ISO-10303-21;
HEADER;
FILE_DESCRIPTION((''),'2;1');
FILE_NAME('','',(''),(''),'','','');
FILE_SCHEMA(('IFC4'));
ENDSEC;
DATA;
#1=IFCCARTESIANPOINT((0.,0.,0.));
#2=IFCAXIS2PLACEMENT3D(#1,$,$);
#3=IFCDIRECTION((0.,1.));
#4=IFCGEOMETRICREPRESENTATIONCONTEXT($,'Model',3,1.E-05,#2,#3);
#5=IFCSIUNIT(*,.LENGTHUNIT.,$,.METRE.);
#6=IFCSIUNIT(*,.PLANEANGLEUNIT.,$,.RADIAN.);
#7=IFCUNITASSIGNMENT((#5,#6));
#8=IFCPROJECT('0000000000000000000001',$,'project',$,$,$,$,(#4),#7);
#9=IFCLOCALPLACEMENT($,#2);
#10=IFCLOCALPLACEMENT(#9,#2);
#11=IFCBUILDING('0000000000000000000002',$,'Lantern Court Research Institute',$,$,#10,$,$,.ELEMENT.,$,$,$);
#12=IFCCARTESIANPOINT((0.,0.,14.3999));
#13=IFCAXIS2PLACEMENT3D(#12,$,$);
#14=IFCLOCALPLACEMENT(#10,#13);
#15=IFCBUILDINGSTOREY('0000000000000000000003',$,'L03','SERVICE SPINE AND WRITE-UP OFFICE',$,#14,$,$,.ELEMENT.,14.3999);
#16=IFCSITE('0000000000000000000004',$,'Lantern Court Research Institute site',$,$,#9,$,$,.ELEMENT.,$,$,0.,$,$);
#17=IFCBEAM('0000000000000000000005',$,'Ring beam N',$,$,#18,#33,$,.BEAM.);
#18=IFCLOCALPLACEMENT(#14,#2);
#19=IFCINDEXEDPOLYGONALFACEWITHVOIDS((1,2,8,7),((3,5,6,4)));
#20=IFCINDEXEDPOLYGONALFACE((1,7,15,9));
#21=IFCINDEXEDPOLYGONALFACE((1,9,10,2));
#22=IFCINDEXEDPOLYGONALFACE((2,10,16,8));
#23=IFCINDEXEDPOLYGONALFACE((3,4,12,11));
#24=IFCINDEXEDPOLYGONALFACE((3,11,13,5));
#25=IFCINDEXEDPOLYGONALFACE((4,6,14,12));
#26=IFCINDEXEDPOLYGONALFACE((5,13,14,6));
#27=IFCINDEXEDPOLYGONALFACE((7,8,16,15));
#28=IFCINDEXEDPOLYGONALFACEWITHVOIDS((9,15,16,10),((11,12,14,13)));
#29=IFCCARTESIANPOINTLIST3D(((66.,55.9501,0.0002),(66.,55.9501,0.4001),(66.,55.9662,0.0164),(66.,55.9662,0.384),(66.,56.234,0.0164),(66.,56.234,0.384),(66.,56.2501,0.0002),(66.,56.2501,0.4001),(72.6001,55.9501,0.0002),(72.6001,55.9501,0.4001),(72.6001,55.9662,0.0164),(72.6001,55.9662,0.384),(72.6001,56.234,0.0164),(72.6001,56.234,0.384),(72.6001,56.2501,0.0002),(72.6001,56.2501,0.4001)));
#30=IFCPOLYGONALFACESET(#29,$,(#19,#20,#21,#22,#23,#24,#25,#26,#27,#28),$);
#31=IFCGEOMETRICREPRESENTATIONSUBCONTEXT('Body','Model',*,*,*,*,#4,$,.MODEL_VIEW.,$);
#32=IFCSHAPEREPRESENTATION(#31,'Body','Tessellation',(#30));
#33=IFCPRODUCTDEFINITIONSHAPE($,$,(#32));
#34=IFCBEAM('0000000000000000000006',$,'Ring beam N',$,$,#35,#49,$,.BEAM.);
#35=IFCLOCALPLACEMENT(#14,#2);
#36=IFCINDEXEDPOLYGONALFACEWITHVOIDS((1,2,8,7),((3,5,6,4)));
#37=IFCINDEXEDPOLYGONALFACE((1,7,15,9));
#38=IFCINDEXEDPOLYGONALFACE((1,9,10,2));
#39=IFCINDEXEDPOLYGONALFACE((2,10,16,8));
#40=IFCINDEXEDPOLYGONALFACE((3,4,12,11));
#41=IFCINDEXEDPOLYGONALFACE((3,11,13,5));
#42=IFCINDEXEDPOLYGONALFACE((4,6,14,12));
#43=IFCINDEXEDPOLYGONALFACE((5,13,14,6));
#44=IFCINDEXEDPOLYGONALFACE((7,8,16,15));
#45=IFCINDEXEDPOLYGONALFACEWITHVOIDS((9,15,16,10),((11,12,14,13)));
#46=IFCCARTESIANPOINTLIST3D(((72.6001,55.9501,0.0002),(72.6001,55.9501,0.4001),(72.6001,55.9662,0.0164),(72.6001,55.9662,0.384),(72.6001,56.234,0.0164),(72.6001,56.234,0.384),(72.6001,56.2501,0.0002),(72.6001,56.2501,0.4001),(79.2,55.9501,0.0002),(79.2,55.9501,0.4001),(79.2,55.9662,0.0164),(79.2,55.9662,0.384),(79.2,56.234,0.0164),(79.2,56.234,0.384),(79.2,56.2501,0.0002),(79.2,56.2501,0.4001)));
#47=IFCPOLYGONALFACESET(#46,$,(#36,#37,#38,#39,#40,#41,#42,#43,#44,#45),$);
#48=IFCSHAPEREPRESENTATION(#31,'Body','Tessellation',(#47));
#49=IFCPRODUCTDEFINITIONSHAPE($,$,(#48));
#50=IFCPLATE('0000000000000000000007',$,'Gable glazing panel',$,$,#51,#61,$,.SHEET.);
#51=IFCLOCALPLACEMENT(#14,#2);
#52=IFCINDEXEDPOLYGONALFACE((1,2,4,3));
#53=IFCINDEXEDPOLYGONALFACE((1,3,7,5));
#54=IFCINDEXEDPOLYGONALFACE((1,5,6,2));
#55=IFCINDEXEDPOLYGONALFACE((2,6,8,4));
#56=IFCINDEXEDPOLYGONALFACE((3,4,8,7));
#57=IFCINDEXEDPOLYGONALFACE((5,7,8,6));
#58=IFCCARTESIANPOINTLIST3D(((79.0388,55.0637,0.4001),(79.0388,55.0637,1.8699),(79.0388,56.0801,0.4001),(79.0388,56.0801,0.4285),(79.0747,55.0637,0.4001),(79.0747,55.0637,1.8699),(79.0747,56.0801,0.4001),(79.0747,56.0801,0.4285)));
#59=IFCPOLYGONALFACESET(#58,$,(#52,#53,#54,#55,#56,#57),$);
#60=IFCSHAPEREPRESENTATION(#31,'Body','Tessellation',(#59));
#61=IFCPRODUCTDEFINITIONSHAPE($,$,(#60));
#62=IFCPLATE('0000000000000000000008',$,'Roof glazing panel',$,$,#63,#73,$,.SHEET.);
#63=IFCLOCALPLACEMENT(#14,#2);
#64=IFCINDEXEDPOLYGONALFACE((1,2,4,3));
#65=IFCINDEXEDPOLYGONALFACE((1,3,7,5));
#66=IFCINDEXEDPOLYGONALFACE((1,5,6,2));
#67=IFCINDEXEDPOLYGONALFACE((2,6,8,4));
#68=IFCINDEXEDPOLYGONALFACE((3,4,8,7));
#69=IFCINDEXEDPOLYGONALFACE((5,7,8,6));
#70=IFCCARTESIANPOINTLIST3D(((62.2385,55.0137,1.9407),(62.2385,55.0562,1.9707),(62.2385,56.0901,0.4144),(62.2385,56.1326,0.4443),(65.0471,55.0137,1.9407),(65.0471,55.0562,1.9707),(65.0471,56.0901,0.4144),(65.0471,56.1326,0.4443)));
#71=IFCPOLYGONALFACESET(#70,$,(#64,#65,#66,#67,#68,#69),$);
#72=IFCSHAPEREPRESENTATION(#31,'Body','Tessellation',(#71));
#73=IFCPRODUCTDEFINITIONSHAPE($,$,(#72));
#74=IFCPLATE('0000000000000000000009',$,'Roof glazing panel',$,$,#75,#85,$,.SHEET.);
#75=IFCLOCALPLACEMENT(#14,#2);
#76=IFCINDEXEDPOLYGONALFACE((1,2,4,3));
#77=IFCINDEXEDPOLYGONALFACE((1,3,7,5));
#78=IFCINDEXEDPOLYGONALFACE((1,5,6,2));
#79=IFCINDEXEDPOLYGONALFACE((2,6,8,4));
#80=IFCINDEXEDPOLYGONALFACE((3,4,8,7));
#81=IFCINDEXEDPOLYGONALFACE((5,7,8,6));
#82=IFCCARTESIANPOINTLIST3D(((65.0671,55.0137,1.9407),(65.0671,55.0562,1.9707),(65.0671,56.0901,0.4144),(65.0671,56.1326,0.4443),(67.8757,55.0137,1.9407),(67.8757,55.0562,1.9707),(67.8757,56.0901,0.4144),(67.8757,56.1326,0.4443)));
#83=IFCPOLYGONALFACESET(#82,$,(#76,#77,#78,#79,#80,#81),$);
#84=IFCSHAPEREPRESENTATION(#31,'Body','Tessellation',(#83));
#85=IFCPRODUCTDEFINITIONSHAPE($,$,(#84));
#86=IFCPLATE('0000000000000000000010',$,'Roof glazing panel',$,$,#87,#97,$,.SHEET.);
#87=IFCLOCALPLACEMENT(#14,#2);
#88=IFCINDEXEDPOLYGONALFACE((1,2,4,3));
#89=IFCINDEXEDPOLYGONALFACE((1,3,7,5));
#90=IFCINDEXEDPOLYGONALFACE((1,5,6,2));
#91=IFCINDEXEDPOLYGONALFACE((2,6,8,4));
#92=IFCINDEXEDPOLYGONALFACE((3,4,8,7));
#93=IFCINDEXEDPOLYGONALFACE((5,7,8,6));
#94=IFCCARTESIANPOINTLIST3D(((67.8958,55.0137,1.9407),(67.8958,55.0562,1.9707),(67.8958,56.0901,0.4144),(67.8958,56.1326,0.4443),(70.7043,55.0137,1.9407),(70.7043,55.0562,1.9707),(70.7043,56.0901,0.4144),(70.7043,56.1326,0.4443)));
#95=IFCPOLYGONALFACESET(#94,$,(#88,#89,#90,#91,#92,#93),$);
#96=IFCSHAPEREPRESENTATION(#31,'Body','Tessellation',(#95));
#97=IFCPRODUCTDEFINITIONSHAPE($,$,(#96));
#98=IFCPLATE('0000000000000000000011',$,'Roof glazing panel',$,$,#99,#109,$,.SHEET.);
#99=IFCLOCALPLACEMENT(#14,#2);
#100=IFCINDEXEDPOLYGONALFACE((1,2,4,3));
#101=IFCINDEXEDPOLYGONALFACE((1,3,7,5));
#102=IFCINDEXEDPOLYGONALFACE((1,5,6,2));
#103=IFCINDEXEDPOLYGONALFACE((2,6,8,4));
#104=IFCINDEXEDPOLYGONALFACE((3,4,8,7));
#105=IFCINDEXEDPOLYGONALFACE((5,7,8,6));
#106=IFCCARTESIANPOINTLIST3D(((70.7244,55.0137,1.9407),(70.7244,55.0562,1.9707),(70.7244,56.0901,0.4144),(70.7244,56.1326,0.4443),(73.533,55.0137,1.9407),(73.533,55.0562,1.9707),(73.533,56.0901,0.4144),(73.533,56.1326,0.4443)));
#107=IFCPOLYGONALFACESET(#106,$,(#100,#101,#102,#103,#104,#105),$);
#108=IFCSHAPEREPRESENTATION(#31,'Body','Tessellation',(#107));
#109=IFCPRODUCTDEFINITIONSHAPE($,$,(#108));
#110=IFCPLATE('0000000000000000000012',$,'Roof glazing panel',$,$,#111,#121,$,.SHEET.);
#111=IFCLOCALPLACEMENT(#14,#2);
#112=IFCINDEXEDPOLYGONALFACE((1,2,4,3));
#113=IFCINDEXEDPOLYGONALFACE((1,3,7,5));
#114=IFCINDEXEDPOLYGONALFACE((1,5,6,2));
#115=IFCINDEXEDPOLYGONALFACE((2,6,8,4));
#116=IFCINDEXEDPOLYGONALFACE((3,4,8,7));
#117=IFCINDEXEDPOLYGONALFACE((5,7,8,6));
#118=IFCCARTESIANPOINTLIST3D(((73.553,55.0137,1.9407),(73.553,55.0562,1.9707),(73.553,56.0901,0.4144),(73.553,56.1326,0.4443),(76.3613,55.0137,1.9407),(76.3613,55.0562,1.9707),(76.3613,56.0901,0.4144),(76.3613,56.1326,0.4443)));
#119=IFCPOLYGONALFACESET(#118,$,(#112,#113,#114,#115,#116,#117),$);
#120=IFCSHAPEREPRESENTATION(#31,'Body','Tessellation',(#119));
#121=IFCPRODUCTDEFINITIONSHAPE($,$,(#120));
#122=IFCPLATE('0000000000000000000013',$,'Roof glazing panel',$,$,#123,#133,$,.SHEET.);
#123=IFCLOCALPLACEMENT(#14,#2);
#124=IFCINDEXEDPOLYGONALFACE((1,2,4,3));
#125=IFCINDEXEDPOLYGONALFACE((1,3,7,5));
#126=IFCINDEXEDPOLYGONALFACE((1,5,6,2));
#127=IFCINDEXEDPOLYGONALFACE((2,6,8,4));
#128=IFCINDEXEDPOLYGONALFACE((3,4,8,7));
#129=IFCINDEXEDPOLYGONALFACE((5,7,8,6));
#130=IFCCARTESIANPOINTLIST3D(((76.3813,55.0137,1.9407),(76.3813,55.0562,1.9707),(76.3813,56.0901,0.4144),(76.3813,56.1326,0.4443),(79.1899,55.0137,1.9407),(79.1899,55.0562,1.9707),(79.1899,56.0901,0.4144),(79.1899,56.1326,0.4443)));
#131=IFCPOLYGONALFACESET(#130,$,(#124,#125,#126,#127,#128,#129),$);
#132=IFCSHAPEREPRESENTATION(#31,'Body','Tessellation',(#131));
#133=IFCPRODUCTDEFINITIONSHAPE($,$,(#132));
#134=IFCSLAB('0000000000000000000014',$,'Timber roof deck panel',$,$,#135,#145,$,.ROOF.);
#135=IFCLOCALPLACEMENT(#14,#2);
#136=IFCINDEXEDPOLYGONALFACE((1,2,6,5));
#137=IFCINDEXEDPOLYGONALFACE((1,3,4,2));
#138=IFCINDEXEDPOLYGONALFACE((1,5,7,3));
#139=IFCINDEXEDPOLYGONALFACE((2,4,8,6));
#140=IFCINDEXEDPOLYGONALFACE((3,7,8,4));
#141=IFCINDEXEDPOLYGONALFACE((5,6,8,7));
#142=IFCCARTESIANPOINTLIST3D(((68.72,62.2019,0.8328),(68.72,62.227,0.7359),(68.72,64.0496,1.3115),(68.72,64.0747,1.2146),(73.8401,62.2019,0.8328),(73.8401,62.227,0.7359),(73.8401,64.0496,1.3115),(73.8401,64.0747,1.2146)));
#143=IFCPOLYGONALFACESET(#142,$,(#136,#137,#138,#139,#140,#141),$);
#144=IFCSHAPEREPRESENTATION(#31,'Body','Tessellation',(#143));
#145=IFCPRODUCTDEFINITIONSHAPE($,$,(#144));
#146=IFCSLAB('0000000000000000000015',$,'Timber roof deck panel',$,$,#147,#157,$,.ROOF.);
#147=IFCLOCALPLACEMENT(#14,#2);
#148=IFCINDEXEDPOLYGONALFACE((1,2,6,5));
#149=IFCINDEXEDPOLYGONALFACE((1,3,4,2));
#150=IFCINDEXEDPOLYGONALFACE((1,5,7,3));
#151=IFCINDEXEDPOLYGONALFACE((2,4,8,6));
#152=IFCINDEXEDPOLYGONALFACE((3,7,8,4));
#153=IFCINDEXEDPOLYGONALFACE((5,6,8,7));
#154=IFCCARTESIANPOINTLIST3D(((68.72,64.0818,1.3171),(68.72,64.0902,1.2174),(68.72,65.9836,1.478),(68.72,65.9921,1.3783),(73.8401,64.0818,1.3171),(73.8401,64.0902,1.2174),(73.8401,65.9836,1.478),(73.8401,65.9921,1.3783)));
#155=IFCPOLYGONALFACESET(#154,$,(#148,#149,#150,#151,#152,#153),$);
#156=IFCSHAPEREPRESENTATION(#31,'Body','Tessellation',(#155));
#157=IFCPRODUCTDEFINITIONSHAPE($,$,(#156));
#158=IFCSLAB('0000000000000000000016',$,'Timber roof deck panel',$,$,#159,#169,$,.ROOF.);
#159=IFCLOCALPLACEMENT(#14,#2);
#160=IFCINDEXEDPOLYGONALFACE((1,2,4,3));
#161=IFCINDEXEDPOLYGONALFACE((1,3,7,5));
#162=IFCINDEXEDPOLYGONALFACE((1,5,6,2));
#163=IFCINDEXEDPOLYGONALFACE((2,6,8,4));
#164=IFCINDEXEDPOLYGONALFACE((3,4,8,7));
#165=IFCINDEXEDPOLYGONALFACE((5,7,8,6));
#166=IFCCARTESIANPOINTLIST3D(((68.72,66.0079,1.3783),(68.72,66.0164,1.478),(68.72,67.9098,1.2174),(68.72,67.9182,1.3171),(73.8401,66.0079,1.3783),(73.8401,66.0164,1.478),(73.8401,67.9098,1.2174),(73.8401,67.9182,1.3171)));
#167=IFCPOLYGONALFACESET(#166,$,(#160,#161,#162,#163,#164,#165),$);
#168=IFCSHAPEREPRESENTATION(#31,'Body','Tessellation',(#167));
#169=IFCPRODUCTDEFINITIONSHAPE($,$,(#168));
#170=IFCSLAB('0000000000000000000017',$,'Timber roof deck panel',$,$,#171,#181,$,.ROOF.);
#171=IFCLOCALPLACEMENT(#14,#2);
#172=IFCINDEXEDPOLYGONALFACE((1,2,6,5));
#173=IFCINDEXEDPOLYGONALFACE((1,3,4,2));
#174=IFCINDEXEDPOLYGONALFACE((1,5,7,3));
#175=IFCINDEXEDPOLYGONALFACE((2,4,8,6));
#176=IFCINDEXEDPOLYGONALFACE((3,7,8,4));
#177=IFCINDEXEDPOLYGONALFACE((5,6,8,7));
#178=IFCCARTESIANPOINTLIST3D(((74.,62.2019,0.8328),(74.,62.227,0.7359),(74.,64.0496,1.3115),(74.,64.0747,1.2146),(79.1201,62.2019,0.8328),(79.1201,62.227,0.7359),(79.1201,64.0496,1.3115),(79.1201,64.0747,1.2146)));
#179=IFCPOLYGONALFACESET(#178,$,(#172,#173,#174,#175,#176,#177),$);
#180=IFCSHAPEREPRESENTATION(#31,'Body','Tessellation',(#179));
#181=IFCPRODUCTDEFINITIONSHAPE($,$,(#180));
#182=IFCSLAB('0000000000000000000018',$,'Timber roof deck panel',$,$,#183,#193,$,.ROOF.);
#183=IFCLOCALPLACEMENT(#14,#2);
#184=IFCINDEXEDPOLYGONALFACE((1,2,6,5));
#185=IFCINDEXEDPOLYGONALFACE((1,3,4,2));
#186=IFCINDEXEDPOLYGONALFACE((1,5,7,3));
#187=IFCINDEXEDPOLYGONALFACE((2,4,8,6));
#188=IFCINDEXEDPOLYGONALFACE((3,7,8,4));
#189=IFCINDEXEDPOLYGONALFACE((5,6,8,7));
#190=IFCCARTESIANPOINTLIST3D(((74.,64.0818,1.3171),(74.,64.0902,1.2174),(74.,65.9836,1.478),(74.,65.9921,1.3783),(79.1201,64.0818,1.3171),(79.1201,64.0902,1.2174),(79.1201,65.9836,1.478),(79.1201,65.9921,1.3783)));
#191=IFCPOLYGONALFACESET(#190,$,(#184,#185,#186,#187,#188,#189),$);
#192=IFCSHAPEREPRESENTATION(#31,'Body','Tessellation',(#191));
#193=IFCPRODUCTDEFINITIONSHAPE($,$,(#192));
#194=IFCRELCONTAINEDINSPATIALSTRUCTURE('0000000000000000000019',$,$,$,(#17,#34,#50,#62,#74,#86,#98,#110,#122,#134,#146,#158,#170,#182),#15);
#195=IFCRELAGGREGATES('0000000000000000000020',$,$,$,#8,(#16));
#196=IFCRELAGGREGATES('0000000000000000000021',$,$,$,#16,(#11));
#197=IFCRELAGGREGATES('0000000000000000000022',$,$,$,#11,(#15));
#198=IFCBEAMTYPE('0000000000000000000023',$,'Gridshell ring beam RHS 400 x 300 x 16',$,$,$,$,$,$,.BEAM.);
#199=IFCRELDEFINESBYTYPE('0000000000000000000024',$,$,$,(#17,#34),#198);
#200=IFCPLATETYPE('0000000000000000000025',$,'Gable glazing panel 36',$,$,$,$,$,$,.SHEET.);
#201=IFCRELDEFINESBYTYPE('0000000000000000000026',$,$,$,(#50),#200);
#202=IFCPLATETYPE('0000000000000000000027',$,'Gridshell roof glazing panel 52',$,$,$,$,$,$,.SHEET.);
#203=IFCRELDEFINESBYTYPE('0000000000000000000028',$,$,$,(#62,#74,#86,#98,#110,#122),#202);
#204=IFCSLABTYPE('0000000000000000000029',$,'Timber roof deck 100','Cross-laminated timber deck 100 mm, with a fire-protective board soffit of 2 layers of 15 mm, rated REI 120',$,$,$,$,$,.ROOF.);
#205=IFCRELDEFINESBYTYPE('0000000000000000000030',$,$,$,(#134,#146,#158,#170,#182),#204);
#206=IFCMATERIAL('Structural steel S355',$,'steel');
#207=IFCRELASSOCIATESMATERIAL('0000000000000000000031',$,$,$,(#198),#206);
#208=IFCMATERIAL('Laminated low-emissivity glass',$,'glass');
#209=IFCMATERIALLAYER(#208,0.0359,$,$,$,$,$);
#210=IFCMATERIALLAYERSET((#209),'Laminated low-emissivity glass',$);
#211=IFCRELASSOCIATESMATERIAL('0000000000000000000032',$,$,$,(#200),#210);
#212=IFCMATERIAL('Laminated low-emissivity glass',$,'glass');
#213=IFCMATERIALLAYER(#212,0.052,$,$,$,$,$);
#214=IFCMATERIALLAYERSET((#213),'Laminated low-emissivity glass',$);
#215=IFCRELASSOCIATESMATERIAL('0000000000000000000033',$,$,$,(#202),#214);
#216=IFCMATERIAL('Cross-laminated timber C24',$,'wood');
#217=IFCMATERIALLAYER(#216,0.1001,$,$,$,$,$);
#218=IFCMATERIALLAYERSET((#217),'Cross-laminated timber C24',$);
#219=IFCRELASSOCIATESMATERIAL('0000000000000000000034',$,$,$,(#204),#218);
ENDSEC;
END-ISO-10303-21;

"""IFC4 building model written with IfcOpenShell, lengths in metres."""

from ifc_helpers import new_model, si_unit, direction, frame, origin, origin_2d, place, context, subcontext, project, spatial, polyline, hollow_rectangle, outline, extrude, material, layer, layer_set, material_profile, profile_set, type_object, element, save


model = new_model("IFC4")

# Units and contexts
model_context = context("Model", 3, precision=1e-05, world=origin(), true_north=direction((0.0, 1.0)))
body_context = subcontext(model_context, "Body", "Model", "MODEL_VIEW")
ifc_project = project(units=[si_unit("LENGTHUNIT", "METRE"), si_unit("PLANEANGLEUNIT", "RADIAN")], contexts=[model_context])

# Site, building, storey
site_placement = place(None, origin())
site = spatial("IfcSite", under=ifc_project, at=site_placement, Name="Lantern Court Research Institute site", CompositionType="ELEMENT", RefElevation=0.0)
building_placement = place(site_placement, origin())
building = spatial("IfcBuilding", under=site, at=building_placement, Name="Lantern Court Research Institute", CompositionType="ELEMENT")
storey_placement = place(building_placement, frame((0.0, 0.0, 14.3999)))
storey = spatial("IfcBuildingStorey", under=building, at=storey_placement, Name="L03", Description="SERVICE SPINE AND WRITE-UP OFFICE", CompositionType="ELEMENT", Elevation=14.3999)

# Beams
ifc_material_1 = material(Name="Structural steel S355", Category="steel")
ifc_material_profile_1 = material_profile(ifc_material_1, hollow_rectangle(XDim=0.3, YDim=0.3999, WallThickness=0.0161, at=origin_2d()), Name="Gridshell ring beam RHS 400 x 300 x 16")
ifc_profile_set_1 = profile_set([ifc_material_profile_1], Name="Structural steel S355")
beam_type = type_object("IfcBeamType", Name="Gridshell ring beam RHS 400 x 300 x 16", PredefinedType="BEAM", material=ifc_profile_set_1)
beam_1_placement = place(storey_placement, frame((66.0, 56.1001, 0.2002), z_axis=(1.0, 0.0, 0.0), x_axis=(0.0, 1.0, 0.0)))
element("IfcBeam", 1, at=beam_1_placement, inside=storey, type_object=beam_type, Name="Ring beam N", PredefinedType="BEAM", context=body_context, shape_type="SweptSolid", body=[
    extrude(hollow_rectangle(XDim=0.3, YDim=0.3999, WallThickness=0.0161, at=origin_2d()), origin(), (0.0, 0.0, 1.0), 6.6001),
])
beam_2_placement = place(storey_placement, frame((72.6001, 56.1001, 0.2002), z_axis=(1.0, 0.0, 0.0), x_axis=(0.0, 1.0, 0.0)))
element("IfcBeam", 2, at=beam_2_placement, inside=storey, type_object=beam_type, Name="Ring beam N", PredefinedType="BEAM", context=body_context, shape_type="SweptSolid", body=[
    extrude(hollow_rectangle(XDim=0.3, YDim=0.3999, WallThickness=0.0161, at=origin_2d()), origin(), (0.0, 0.0, 1.0), 6.5999),
])

# Plates
ifc_material_2 = material(Name="Laminated low-emissivity glass", Category="glass")
ifc_layer_1 = layer(ifc_material_2, 0.0359)
ifc_layer_set_1 = layer_set([ifc_layer_1], Name="Laminated low-emissivity glass")
plate_type_1 = type_object("IfcPlateType", Name="Gable glazing panel 36", PredefinedType="SHEET", material=ifc_layer_set_1)
plate_1_placement = place(storey_placement, frame((79.0569, 55.0637, 0.4001), z_axis=(0.0, 0.0, 1.0), x_axis=(0.0, 1.0, 0.0)))
element("IfcPlate", 3, at=plate_1_placement, inside=storey, type_object=plate_type_1, Name="Gable glazing panel", PredefinedType="SHEET", context=body_context, shape_type="SweptSolid", body=[
    extrude(outline(polyline([(0.0, 0.0), (1.0164, 0.0), (1.0164, 0.0283), (0.0, 1.4697), (0.0, 0.0)])), frame((0.0, 0.0181, 0.0), z_axis=(0.0, -1.0, 0.0), x_axis=(1.0, 0.0, 0.0)), (0.0, 0.0, 1.0), 0.0359),
])
ifc_material_3 = material(Name="Laminated low-emissivity glass", Category="glass")
ifc_layer_2 = layer(ifc_material_3, 0.052)
ifc_layer_set_2 = layer_set([ifc_layer_2], Name="Laminated low-emissivity glass")
plate_type_2 = type_object("IfcPlateType", Name="Gridshell roof glazing panel 52", PredefinedType="SHEET", material=ifc_layer_set_2)
for number, where, z_axis, x_axis, name in (
    (4, (65.0471, 55.0562, 1.9707), (0.0, 0.817225, 0.576319), (-1.0, 0.0, 0.0), "Roof glazing panel"),
    (5, (67.8757, 55.0562, 1.9707), (0.0, 0.817225, 0.576319), (-1.0, 0.0, 0.0), "Roof glazing panel"),
    (6, (70.7043, 55.0562, 1.9707), (0.0, 0.817225, 0.576319), (-1.0, 0.0, 0.0), "Roof glazing panel"),
    (7, (73.533, 55.0562, 1.9707), (0.0, 0.817225, 0.576319), (-1.0, 0.0, 0.0), "Roof glazing panel"),
):
    element("IfcPlate", number, at=place(storey_placement, frame(where, z_axis=z_axis, x_axis=x_axis)), inside=storey, type_object=plate_type_2, Name=name, PredefinedType="SHEET", context=body_context, shape_type="SweptSolid", body=[
        extrude(outline(polyline([(0.0, 0.0), (2.8086, 0.0), (2.8086, -1.8677), (0.0, -1.8677), (0.0, 0.0)])), origin(), (0.0, 0.0, -1.0), 0.052),
    ])
plate_2_placement = place(storey_placement, frame((76.3613, 55.0562, 1.9707), z_axis=(0.0, 0.817225, 0.576319), x_axis=(-1.0, 0.0, 0.0)))
element("IfcPlate", 8, at=plate_2_placement, inside=storey, type_object=plate_type_2, Name="Roof glazing panel", PredefinedType="SHEET", context=body_context, shape_type="SweptSolid", body=[
    extrude(outline(polyline([(0.0, 0.0), (2.8083, 0.0), (2.8083, -1.8677), (0.0, -1.8677), (0.0, 0.0)])), origin(), (0.0, 0.0, -1.0), 0.052),
])
plate_3_placement = place(storey_placement, frame((79.1899, 55.0562, 1.9707), z_axis=(0.0, 0.817225, 0.576319), x_axis=(-1.0, 0.0, 0.0)))
element("IfcPlate", 9, at=plate_3_placement, inside=storey, type_object=plate_type_2, Name="Roof glazing panel", PredefinedType="SHEET", context=body_context, shape_type="SweptSolid", body=[
    extrude(outline(polyline([(0.0, 0.0), (2.8086, 0.0), (2.8086, -1.8677), (0.0, -1.8677), (0.0, 0.0)])), origin(), (0.0, 0.0, -1.0), 0.052),
])

# Slabs
ifc_material_4 = material(Name="Cross-laminated timber C24", Category="wood")
ifc_layer_3 = layer(ifc_material_4, 0.1001)
ifc_layer_set_3 = layer_set([ifc_layer_3], Name="Cross-laminated timber C24")
slab_type_1 = type_object("IfcSlabType", Name="Timber roof deck 100", Description="Cross-laminated timber deck 100 mm, with a fire-protective board soffit of 2 layers of 15 mm, rated REI 120", PredefinedType="ROOF", material=ifc_layer_set_3)
slab_1_placement = place(storey_placement, frame((68.72, 62.2019, 0.8328), z_axis=(0.0, -0.250833, 0.96803), x_axis=(1.0, 0.0, 0.0)))
element("IfcSlab", 10, at=slab_1_placement, inside=storey, type_object=slab_type_1, Name="Timber roof deck panel", PredefinedType="ROOF", context=body_context, shape_type="SweptSolid", body=[
    extrude(outline(polyline([(0.0, 0.0), (5.1201, 0.0), (5.1201, 1.9087), (0.0, 1.9087), (0.0, 0.0)])), origin(), (0.0, 0.0, -1.0), 0.1001),
])
for number, where, z_axis, x_axis, name in (
    (11, (68.72, 64.0818, 1.3171), (0.0, -0.084295, 0.996441), (1.0, 0.0, 0.0), "Timber roof deck panel"),
    (12, (68.72, 66.0164, 1.478), (0.0, 0.084295, 0.996441), (1.0, 0.0, 0.0), "Timber roof deck panel"),
):
    element("IfcSlab", number, at=place(storey_placement, frame(where, z_axis=z_axis, x_axis=x_axis)), inside=storey, type_object=slab_type_1, Name=name, PredefinedType="ROOF", context=body_context, shape_type="SweptSolid", body=[
        extrude(outline(polyline([(0.0, 0.0), (5.1201, 0.0), (5.1201, 1.9086), (0.0, 1.9086), (0.0, 0.0)])), origin(), (0.0, 0.0, -1.0), 0.1001),
    ])
slab_2_placement = place(storey_placement, frame((74.0, 62.2019, 0.8328), z_axis=(0.0, -0.250833, 0.96803), x_axis=(1.0, 0.0, 0.0)))
element("IfcSlab", 13, at=slab_2_placement, inside=storey, type_object=slab_type_1, Name="Timber roof deck panel", PredefinedType="ROOF", context=body_context, shape_type="SweptSolid", body=[
    extrude(outline(polyline([(0.0, 0.0), (5.1201, 0.0), (5.1201, 1.9087), (0.0, 1.9087), (0.0, 0.0)])), origin(), (0.0, 0.0, -1.0), 0.1001),
])
for number, where, z_axis, x_axis, name in (
    (14, (74.0, 64.0818, 1.3171), (0.0, -0.084295, 0.996441), (1.0, 0.0, 0.0), "Timber roof deck panel"),
):
    element("IfcSlab", number, at=place(storey_placement, frame(where, z_axis=z_axis, x_axis=x_axis)), inside=storey, type_object=slab_type_1, Name=name, PredefinedType="ROOF", context=body_context, shape_type="SweptSolid", body=[
        extrude(outline(polyline([(0.0, 0.0), (5.1201, 0.0), (5.1201, 1.9086), (0.0, 1.9086), (0.0, 0.0)])), origin(), (0.0, 0.0, -1.0), 0.1001),
    ])

save(model, "model.ifc")
